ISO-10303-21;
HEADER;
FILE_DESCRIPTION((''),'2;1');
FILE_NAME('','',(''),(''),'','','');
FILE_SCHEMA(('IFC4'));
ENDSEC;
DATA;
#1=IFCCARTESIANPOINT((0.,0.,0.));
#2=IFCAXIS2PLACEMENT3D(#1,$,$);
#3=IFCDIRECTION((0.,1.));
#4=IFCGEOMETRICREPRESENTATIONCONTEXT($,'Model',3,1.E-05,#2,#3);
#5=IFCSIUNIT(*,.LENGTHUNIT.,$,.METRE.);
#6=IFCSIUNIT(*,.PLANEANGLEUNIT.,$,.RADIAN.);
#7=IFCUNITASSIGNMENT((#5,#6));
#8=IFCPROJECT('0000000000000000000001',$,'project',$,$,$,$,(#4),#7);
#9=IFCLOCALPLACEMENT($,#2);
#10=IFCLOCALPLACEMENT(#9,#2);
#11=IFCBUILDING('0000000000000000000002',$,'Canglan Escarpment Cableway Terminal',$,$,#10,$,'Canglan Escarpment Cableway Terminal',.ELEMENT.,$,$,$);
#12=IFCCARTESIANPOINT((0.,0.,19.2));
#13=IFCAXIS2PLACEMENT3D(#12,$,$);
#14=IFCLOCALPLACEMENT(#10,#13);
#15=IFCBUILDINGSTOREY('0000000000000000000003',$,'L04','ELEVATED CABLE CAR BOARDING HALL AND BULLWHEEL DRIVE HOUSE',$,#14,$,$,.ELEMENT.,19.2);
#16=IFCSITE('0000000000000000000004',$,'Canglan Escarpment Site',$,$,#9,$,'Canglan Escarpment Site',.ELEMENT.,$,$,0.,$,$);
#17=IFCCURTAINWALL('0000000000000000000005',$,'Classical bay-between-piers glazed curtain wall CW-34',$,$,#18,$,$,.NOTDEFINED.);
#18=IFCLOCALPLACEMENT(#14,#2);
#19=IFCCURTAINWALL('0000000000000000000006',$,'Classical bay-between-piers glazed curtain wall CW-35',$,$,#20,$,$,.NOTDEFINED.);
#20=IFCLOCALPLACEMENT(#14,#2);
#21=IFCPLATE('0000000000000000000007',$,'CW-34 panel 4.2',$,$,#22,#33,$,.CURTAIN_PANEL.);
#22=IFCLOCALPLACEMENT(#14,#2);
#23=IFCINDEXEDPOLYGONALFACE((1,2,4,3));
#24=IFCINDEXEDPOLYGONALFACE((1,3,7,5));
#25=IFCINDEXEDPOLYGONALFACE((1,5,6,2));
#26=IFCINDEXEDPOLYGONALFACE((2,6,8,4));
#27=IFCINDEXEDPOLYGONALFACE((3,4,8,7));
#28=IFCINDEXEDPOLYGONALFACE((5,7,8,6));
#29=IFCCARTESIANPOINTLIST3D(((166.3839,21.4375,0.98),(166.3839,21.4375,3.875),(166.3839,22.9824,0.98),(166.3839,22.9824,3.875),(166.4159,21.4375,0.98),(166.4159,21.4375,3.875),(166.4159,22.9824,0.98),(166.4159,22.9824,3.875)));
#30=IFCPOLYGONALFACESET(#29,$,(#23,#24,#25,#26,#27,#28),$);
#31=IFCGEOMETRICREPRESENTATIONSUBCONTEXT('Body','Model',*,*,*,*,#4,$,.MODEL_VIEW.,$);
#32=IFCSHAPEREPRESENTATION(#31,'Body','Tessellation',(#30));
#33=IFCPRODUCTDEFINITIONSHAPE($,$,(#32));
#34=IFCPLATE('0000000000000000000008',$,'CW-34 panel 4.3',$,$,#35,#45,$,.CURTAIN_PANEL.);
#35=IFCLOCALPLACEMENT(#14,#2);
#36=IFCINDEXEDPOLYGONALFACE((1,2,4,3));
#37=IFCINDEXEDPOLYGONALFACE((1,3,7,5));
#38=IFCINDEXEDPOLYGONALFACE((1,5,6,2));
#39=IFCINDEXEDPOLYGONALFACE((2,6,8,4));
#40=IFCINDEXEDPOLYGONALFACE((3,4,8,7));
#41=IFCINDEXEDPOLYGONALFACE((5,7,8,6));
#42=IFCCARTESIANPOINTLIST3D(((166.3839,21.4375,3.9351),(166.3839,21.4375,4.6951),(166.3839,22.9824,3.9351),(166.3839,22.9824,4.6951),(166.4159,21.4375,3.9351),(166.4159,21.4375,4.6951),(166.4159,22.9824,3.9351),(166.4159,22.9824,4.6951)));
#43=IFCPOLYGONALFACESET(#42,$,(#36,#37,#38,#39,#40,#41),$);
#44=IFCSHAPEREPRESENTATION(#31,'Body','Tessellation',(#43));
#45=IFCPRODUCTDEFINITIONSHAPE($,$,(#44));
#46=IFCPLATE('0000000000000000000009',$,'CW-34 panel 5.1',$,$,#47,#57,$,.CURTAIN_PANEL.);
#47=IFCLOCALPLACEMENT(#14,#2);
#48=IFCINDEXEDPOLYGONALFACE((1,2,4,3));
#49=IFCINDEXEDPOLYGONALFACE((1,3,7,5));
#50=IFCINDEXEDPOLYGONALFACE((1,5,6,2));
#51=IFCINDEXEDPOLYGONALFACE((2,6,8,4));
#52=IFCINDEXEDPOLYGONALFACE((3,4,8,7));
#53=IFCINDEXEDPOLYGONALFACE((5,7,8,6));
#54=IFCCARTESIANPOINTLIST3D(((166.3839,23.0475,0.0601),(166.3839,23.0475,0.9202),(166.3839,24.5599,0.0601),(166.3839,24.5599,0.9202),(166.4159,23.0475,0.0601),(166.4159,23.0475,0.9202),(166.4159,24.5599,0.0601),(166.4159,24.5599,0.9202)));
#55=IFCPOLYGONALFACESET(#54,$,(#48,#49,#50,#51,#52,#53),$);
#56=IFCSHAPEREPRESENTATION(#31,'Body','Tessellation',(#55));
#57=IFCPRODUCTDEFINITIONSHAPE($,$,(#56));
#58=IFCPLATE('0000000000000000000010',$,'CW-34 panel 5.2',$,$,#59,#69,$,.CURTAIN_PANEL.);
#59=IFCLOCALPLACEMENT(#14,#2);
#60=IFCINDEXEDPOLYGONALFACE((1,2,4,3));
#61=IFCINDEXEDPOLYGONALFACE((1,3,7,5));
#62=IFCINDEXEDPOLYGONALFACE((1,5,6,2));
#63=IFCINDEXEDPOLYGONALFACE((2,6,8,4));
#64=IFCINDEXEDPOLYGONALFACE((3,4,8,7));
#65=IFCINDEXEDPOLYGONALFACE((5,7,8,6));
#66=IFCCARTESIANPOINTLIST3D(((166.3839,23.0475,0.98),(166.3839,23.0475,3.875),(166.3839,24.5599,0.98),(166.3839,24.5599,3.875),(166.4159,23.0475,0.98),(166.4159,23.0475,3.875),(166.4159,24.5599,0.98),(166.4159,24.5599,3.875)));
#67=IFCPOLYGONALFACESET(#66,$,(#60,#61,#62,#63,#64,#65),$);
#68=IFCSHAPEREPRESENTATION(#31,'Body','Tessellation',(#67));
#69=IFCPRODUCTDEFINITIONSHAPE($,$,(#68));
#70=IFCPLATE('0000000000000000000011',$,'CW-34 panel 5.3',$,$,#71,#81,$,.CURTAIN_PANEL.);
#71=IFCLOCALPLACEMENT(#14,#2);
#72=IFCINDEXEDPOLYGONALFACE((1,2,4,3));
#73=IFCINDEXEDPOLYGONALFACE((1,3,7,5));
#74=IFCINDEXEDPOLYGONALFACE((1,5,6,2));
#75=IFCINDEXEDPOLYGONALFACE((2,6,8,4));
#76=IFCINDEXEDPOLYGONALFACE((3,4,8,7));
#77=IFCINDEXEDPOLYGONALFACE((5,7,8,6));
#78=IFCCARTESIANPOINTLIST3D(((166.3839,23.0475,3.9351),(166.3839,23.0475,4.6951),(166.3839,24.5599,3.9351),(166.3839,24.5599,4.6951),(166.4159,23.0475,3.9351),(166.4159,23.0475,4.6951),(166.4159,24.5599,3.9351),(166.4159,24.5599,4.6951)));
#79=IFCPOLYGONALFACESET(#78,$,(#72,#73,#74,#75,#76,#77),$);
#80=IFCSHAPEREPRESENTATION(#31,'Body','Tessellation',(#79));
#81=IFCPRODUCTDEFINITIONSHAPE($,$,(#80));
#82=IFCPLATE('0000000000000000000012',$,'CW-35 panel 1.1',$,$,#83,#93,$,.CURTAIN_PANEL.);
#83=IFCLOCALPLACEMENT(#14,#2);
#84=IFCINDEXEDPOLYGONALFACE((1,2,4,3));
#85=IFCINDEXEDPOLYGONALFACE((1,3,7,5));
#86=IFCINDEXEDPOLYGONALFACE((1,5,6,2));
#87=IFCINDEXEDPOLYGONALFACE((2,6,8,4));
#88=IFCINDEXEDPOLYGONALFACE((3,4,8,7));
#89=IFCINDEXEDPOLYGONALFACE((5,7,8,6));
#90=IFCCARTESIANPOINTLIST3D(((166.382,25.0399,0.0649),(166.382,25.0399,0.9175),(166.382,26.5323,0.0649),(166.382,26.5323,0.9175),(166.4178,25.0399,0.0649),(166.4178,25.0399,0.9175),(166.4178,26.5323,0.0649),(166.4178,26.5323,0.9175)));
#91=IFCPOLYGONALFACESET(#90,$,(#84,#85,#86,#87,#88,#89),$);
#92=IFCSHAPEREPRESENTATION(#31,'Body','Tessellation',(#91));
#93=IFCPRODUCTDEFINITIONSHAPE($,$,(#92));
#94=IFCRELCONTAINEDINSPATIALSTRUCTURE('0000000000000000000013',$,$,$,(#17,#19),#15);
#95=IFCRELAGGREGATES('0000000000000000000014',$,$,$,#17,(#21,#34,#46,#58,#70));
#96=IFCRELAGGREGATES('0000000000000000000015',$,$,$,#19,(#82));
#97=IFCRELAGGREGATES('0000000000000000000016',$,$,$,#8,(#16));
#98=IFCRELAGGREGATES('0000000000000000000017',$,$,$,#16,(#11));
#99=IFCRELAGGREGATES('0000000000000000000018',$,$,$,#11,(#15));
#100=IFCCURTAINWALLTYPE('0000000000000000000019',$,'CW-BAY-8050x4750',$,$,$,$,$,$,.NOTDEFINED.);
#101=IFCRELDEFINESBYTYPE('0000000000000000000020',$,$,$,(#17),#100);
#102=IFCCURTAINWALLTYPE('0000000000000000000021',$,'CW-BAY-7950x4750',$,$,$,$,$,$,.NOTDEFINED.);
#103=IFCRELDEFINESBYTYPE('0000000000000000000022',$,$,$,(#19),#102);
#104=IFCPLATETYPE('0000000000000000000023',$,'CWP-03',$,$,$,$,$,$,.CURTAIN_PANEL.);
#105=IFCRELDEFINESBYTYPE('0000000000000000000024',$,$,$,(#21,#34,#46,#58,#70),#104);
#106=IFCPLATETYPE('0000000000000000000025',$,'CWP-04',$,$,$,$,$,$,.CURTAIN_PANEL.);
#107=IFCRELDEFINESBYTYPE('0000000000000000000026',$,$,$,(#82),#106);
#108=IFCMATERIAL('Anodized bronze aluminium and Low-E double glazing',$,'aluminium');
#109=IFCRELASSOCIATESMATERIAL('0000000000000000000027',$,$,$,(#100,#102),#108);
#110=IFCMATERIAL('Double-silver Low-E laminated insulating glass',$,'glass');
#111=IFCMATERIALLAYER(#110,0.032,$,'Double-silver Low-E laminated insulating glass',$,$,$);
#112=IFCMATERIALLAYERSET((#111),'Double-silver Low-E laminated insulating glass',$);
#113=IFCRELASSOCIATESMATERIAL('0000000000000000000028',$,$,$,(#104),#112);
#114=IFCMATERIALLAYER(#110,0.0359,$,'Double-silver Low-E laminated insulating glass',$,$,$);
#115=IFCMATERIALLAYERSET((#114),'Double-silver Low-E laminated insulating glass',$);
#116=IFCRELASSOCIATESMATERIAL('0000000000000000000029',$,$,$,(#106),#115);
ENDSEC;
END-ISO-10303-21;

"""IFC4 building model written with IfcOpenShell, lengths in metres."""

from ifc_helpers import new_model, si_unit, direction, frame, origin, origin_2d, place, context, subcontext, project, spatial, rectangle, extrude, material, layer, layer_set, type_object, element, aggregate, save


model = new_model("IFC4")

# Units and contexts
model_context = context("Model", 3, precision=1e-05, world=origin(), true_north=direction((0.0, 1.0)))
body_context = subcontext(model_context, "Body", "Model", "MODEL_VIEW")
ifc_project = project(units=[si_unit("LENGTHUNIT", "METRE"), si_unit("PLANEANGLEUNIT", "RADIAN")], contexts=[model_context])

# Site, building, storey
site_placement = place(None, origin())
site = spatial("IfcSite", under=ifc_project, at=site_placement, Name="Canglan Escarpment Site", LongName="Canglan Escarpment Site", CompositionType="ELEMENT", RefElevation=0.0)
building_placement = place(site_placement, origin())
building = spatial("IfcBuilding", under=site, at=building_placement, Name="Canglan Escarpment Cableway Terminal", LongName="Canglan Escarpment Cableway Terminal", CompositionType="ELEMENT")
storey_placement = place(building_placement, frame((0.0, 0.0, 19.2)))
storey = spatial("IfcBuildingStorey", under=building, at=storey_placement, Name="L04", Description="ELEVATED CABLE CAR BOARDING HALL AND BULLWHEEL DRIVE HOUSE", CompositionType="ELEMENT", Elevation=19.2)

# Curtain wall
ifc_material_1 = material(Name="Anodized bronze aluminium and Low-E double glazing", Category="aluminium")
curtain_wall_type_1 = type_object("IfcCurtainWallType", Name="CW-BAY-8050x4750", PredefinedType="NOTDEFINED", material=ifc_material_1)
curtain_wall_1_placement = place(storey_placement, origin())
curtain_wall_1 = element("IfcCurtainWall", 1, at=curtain_wall_1_placement, inside=storey, type_object=curtain_wall_type_1, Name="Classical bay-between-piers glazed curtain wall CW-34", PredefinedType="NOTDEFINED")

# Curtain wall
curtain_wall_type_2 = type_object("IfcCurtainWallType", Name="CW-BAY-7950x4750", PredefinedType="NOTDEFINED", material=ifc_material_1)
curtain_wall_2_placement = place(storey_placement, origin())
curtain_wall_2 = element("IfcCurtainWall", 2, at=curtain_wall_2_placement, inside=storey, type_object=curtain_wall_type_2, Name="Classical bay-between-piers glazed curtain wall CW-35", PredefinedType="NOTDEFINED")

# Plates
ifc_material_2 = material(Name="Double-silver Low-E laminated insulating glass", Category="glass")
ifc_layer_1 = layer(ifc_material_2, 0.032, Name="Double-silver Low-E laminated insulating glass")
ifc_layer_set_1 = layer_set([ifc_layer_1], Name="Double-silver Low-E laminated insulating glass")
plate_type_1 = type_object("IfcPlateType", Name="CWP-03", PredefinedType="CURTAIN_PANEL", material=ifc_layer_set_1)
plate_1_placement = place(storey_placement, frame((166.3999, 22.21, 0.98), z_axis=(0.0, 0.0, 1.0), x_axis=(0.0, 1.0, 0.0)))
plate_1 = element("IfcPlate", 3, at=plate_1_placement, type_object=plate_type_1, Name="CW-34 panel 4.2", PredefinedType="CURTAIN_PANEL", context=body_context, shape_type="SweptSolid", body=[
    extrude(rectangle(XDim=1.5449, YDim=0.032, at=origin_2d()), origin(), (0.0, 0.0, 1.0), 2.895),
])
plate_2_placement = place(storey_placement, frame((166.3999, 22.21, 3.9351), z_axis=(0.0, 0.0, 1.0), x_axis=(0.0, 1.0, 0.0)))
plate_2 = element("IfcPlate", 4, at=plate_2_placement, type_object=plate_type_1, Name="CW-34 panel 4.3", PredefinedType="CURTAIN_PANEL", context=body_context, shape_type="SweptSolid", body=[
    extrude(rectangle(XDim=1.5449, YDim=0.032, at=origin_2d()), origin(), (0.0, 0.0, 1.0), 0.76),
])
plate_3_placement = place(storey_placement, frame((166.3999, 23.8037, 0.0601), z_axis=(0.0, 0.0, 1.0), x_axis=(0.0, 1.0, 0.0)))
plate_3 = element("IfcPlate", 5, at=plate_3_placement, type_object=plate_type_1, Name="CW-34 panel 5.1", PredefinedType="CURTAIN_PANEL", context=body_context, shape_type="SweptSolid", body=[
    extrude(rectangle(XDim=1.5125, YDim=0.032, at=origin_2d()), origin(), (0.0, 0.0, 1.0), 0.8601),
])
plate_4_placement = place(storey_placement, frame((166.3999, 23.8037, 0.98), z_axis=(0.0, 0.0, 1.0), x_axis=(0.0, 1.0, 0.0)))
plate_4 = element("IfcPlate", 6, at=plate_4_placement, type_object=plate_type_1, Name="CW-34 panel 5.2", PredefinedType="CURTAIN_PANEL", context=body_context, shape_type="SweptSolid", body=[
    extrude(rectangle(XDim=1.5125, YDim=0.032, at=origin_2d()), origin(), (0.0, 0.0, 1.0), 2.895),
])
plate_5_placement = place(storey_placement, frame((166.3999, 23.8037, 3.9351), z_axis=(0.0, 0.0, 1.0), x_axis=(0.0, 1.0, 0.0)))
plate_5 = element("IfcPlate", 7, at=plate_5_placement, type_object=plate_type_1, Name="CW-34 panel 5.3", PredefinedType="CURTAIN_PANEL", context=body_context, shape_type="SweptSolid", body=[
    extrude(rectangle(XDim=1.5125, YDim=0.032, at=origin_2d()), origin(), (0.0, 0.0, 1.0), 0.76),
])
aggregate(curtain_wall_1, [plate_1, plate_2, plate_3, plate_4, plate_5])
ifc_layer_2 = layer(ifc_material_2, 0.0359, Name="Double-silver Low-E laminated insulating glass")
ifc_layer_set_2 = layer_set([ifc_layer_2], Name="Double-silver Low-E laminated insulating glass")
plate_type_2 = type_object("IfcPlateType", Name="CWP-04", PredefinedType="CURTAIN_PANEL", material=ifc_layer_set_2)
plate_6_placement = place(storey_placement, frame((166.3999, 25.7861, 0.0649), z_axis=(0.0, 0.0, 1.0), x_axis=(0.0, 1.0, 0.0)))
plate_6 = element("IfcPlate", 8, at=plate_6_placement, type_object=plate_type_2, Name="CW-35 panel 1.1", PredefinedType="CURTAIN_PANEL", context=body_context, shape_type="SweptSolid", body=[
    extrude(rectangle(XDim=1.4924, YDim=0.0359, at=origin_2d()), origin(), (0.0, 0.0, 1.0), 0.8525),
])
aggregate(curtain_wall_2, [plate_6])

save(model, "model.ifc")
